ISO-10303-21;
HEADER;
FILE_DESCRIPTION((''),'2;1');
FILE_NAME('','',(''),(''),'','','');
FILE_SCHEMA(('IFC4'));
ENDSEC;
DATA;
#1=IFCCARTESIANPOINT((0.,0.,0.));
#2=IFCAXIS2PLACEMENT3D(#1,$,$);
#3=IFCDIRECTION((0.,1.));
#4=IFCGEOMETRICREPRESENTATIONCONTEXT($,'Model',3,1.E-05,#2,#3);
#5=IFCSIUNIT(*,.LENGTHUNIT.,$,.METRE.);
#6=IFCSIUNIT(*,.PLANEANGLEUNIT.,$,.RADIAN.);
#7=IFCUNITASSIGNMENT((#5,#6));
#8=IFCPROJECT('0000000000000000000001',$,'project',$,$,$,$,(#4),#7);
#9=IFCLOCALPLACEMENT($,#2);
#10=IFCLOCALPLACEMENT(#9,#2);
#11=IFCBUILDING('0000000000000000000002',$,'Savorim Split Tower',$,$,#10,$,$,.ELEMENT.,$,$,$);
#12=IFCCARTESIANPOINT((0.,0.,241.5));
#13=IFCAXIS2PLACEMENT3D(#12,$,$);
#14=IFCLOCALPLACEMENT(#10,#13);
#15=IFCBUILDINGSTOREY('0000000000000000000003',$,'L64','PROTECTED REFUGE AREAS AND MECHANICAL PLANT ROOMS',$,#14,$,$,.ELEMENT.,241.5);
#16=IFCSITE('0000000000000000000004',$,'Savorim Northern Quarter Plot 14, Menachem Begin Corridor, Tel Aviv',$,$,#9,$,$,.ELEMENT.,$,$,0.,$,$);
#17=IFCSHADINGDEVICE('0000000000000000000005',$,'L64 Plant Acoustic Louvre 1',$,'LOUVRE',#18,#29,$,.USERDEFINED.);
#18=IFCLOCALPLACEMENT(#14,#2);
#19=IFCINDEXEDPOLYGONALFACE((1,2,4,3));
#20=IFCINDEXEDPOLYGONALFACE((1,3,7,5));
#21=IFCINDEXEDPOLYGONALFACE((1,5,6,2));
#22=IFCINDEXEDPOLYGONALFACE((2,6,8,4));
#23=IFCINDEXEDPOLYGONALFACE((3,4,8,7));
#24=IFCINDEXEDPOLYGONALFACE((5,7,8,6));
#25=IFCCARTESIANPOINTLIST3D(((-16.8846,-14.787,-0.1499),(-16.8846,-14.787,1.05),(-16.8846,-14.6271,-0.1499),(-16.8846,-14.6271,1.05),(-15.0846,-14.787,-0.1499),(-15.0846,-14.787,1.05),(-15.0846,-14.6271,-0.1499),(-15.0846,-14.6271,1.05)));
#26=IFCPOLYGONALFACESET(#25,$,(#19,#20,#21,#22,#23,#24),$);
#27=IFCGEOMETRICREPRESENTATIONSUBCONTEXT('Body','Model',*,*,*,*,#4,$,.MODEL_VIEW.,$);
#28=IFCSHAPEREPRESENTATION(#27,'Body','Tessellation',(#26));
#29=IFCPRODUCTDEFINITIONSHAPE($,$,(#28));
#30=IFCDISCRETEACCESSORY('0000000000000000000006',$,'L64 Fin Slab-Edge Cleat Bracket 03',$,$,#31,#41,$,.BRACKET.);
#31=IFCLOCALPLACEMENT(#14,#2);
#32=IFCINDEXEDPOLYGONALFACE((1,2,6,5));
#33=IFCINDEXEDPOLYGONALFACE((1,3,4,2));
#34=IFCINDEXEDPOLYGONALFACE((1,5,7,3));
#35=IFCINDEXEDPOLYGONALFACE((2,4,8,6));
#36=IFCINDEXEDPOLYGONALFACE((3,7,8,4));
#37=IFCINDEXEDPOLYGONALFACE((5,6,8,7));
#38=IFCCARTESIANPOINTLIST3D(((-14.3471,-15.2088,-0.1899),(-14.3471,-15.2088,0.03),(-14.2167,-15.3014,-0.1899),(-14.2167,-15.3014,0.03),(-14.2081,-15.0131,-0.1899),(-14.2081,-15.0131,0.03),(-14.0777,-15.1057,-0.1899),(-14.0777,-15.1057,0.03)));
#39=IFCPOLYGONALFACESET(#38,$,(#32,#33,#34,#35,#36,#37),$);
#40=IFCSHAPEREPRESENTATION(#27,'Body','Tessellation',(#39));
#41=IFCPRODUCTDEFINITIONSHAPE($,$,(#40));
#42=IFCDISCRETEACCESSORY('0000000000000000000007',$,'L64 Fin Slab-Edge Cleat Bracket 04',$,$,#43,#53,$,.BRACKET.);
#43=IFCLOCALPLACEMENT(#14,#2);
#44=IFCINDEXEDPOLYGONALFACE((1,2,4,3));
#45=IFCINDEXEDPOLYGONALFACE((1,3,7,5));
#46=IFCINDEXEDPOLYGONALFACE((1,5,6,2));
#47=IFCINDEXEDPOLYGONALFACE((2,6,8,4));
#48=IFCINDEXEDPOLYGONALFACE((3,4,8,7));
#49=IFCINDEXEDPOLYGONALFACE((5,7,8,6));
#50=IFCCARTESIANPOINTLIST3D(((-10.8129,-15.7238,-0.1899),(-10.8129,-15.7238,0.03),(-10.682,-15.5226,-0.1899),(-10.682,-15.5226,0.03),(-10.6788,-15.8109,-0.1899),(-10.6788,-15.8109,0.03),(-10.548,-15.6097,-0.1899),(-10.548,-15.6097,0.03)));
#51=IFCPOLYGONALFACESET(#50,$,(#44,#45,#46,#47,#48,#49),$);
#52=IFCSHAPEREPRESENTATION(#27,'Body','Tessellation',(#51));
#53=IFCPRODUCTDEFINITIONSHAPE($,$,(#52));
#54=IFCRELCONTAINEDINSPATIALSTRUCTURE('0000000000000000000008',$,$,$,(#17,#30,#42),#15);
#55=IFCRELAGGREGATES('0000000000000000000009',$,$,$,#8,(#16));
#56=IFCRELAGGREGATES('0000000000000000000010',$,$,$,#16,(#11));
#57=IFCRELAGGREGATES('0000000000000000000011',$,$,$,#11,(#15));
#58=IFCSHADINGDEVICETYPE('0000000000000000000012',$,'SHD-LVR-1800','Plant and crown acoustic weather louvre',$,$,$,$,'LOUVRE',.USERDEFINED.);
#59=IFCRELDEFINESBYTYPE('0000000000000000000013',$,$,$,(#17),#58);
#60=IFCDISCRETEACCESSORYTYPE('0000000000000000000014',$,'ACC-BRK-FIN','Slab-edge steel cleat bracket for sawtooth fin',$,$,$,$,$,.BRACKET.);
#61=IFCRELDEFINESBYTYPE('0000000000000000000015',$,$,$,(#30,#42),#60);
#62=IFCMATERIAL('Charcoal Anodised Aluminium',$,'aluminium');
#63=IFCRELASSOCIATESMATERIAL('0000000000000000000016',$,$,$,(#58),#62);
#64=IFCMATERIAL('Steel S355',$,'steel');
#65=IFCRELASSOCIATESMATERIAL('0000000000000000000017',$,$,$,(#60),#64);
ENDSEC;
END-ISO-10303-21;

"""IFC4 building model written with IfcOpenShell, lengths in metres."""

from ifc_helpers import new_model, si_unit, direction, frame, origin, origin_2d, place, context, subcontext, project, spatial, rectangle, extrude, material, type_object, element, save


model = new_model("IFC4")

# Units and contexts
model_context = context("Model", 3, precision=1e-05, world=origin(), true_north=direction((0.0, 1.0)))
body_context = subcontext(model_context, "Body", "Model", "MODEL_VIEW")
ifc_project = project(units=[si_unit("LENGTHUNIT", "METRE"), si_unit("PLANEANGLEUNIT", "RADIAN")], contexts=[model_context])

# Site, building, storey
site_placement = place(None, origin())
site = spatial("IfcSite", under=ifc_project, at=site_placement, Name="Savorim Northern Quarter Plot 14, Menachem Begin Corridor, Tel Aviv", CompositionType="ELEMENT", RefElevation=0.0)
building_placement = place(site_placement, origin())
building = spatial("IfcBuilding", under=site, at=building_placement, Name="Savorim Split Tower", CompositionType="ELEMENT")
storey_placement = place(building_placement, frame((0.0, 0.0, 241.5)))
storey = spatial("IfcBuildingStorey", under=building, at=storey_placement, Name="L64", Description="PROTECTED REFUGE AREAS AND MECHANICAL PLANT ROOMS", CompositionType="ELEMENT", Elevation=241.5)

# Shared definitions
ifc_material_1 = material(Name="Steel S355", Category="steel")

# Shared definitions
ifc_material_2 = material(Name="Charcoal Anodised Aluminium", Category="aluminium")

# Shading device
shading_device_type_1 = type_object("IfcShadingDeviceType", Name="SHD-LVR-1800", Description="Plant and crown acoustic weather louvre", ElementType="LOUVRE", PredefinedType="USERDEFINED", material=ifc_material_2)
shading_device_placement = place(storey_placement, frame((-15.9846, -14.707, -0.1499), z_axis=(0.0, 0.0, 1.0), x_axis=(1.0, 0.0, 0.0)))
element("IfcShadingDevice", 1, at=shading_device_placement, inside=storey, type_object=shading_device_type_1, Name="L64 Plant Acoustic Louvre 1", ObjectType="LOUVRE", PredefinedType="USERDEFINED", context=body_context, shape_type="SweptSolid", body=[
    extrude(rectangle(XDim=1.8, YDim=0.1599, at=origin_2d()), origin(), (0.0, 0.0, 1.0), 1.2),
])

# Discrete accessories
discrete_accessory_type = type_object("IfcDiscreteAccessoryType", Name="ACC-BRK-FIN", Description="Slab-edge steel cleat bracket for sawtooth fin", PredefinedType="BRACKET", material=ifc_material_1)
for number, where, z_axis, x_axis, name in (
    (2, (-14.2124, -15.1572, -0.1899), (0.0, 0.0, 1.0), (-0.578994, -0.815332, 0.0), "L64 Fin Slab-Edge Cleat Bracket 03"),
    (3, (-10.6804, -15.6667, -0.1899), (0.0, 0.0, 1.0), (-0.545148, -0.83834, 0.0), "L64 Fin Slab-Edge Cleat Bracket 04"),
):
    element("IfcDiscreteAccessory", number, at=place(storey_placement, frame(where, z_axis=z_axis, x_axis=x_axis)), inside=storey, type_object=discrete_accessory_type, Name=name, PredefinedType="BRACKET", context=body_context, shape_type="SweptSolid", body=[
        extrude(rectangle(XDim=0.24, YDim=0.1599, at=origin_2d()), origin(), (0.0, 0.0, 1.0), 0.22),
    ])

save(model, "model.ifc")
